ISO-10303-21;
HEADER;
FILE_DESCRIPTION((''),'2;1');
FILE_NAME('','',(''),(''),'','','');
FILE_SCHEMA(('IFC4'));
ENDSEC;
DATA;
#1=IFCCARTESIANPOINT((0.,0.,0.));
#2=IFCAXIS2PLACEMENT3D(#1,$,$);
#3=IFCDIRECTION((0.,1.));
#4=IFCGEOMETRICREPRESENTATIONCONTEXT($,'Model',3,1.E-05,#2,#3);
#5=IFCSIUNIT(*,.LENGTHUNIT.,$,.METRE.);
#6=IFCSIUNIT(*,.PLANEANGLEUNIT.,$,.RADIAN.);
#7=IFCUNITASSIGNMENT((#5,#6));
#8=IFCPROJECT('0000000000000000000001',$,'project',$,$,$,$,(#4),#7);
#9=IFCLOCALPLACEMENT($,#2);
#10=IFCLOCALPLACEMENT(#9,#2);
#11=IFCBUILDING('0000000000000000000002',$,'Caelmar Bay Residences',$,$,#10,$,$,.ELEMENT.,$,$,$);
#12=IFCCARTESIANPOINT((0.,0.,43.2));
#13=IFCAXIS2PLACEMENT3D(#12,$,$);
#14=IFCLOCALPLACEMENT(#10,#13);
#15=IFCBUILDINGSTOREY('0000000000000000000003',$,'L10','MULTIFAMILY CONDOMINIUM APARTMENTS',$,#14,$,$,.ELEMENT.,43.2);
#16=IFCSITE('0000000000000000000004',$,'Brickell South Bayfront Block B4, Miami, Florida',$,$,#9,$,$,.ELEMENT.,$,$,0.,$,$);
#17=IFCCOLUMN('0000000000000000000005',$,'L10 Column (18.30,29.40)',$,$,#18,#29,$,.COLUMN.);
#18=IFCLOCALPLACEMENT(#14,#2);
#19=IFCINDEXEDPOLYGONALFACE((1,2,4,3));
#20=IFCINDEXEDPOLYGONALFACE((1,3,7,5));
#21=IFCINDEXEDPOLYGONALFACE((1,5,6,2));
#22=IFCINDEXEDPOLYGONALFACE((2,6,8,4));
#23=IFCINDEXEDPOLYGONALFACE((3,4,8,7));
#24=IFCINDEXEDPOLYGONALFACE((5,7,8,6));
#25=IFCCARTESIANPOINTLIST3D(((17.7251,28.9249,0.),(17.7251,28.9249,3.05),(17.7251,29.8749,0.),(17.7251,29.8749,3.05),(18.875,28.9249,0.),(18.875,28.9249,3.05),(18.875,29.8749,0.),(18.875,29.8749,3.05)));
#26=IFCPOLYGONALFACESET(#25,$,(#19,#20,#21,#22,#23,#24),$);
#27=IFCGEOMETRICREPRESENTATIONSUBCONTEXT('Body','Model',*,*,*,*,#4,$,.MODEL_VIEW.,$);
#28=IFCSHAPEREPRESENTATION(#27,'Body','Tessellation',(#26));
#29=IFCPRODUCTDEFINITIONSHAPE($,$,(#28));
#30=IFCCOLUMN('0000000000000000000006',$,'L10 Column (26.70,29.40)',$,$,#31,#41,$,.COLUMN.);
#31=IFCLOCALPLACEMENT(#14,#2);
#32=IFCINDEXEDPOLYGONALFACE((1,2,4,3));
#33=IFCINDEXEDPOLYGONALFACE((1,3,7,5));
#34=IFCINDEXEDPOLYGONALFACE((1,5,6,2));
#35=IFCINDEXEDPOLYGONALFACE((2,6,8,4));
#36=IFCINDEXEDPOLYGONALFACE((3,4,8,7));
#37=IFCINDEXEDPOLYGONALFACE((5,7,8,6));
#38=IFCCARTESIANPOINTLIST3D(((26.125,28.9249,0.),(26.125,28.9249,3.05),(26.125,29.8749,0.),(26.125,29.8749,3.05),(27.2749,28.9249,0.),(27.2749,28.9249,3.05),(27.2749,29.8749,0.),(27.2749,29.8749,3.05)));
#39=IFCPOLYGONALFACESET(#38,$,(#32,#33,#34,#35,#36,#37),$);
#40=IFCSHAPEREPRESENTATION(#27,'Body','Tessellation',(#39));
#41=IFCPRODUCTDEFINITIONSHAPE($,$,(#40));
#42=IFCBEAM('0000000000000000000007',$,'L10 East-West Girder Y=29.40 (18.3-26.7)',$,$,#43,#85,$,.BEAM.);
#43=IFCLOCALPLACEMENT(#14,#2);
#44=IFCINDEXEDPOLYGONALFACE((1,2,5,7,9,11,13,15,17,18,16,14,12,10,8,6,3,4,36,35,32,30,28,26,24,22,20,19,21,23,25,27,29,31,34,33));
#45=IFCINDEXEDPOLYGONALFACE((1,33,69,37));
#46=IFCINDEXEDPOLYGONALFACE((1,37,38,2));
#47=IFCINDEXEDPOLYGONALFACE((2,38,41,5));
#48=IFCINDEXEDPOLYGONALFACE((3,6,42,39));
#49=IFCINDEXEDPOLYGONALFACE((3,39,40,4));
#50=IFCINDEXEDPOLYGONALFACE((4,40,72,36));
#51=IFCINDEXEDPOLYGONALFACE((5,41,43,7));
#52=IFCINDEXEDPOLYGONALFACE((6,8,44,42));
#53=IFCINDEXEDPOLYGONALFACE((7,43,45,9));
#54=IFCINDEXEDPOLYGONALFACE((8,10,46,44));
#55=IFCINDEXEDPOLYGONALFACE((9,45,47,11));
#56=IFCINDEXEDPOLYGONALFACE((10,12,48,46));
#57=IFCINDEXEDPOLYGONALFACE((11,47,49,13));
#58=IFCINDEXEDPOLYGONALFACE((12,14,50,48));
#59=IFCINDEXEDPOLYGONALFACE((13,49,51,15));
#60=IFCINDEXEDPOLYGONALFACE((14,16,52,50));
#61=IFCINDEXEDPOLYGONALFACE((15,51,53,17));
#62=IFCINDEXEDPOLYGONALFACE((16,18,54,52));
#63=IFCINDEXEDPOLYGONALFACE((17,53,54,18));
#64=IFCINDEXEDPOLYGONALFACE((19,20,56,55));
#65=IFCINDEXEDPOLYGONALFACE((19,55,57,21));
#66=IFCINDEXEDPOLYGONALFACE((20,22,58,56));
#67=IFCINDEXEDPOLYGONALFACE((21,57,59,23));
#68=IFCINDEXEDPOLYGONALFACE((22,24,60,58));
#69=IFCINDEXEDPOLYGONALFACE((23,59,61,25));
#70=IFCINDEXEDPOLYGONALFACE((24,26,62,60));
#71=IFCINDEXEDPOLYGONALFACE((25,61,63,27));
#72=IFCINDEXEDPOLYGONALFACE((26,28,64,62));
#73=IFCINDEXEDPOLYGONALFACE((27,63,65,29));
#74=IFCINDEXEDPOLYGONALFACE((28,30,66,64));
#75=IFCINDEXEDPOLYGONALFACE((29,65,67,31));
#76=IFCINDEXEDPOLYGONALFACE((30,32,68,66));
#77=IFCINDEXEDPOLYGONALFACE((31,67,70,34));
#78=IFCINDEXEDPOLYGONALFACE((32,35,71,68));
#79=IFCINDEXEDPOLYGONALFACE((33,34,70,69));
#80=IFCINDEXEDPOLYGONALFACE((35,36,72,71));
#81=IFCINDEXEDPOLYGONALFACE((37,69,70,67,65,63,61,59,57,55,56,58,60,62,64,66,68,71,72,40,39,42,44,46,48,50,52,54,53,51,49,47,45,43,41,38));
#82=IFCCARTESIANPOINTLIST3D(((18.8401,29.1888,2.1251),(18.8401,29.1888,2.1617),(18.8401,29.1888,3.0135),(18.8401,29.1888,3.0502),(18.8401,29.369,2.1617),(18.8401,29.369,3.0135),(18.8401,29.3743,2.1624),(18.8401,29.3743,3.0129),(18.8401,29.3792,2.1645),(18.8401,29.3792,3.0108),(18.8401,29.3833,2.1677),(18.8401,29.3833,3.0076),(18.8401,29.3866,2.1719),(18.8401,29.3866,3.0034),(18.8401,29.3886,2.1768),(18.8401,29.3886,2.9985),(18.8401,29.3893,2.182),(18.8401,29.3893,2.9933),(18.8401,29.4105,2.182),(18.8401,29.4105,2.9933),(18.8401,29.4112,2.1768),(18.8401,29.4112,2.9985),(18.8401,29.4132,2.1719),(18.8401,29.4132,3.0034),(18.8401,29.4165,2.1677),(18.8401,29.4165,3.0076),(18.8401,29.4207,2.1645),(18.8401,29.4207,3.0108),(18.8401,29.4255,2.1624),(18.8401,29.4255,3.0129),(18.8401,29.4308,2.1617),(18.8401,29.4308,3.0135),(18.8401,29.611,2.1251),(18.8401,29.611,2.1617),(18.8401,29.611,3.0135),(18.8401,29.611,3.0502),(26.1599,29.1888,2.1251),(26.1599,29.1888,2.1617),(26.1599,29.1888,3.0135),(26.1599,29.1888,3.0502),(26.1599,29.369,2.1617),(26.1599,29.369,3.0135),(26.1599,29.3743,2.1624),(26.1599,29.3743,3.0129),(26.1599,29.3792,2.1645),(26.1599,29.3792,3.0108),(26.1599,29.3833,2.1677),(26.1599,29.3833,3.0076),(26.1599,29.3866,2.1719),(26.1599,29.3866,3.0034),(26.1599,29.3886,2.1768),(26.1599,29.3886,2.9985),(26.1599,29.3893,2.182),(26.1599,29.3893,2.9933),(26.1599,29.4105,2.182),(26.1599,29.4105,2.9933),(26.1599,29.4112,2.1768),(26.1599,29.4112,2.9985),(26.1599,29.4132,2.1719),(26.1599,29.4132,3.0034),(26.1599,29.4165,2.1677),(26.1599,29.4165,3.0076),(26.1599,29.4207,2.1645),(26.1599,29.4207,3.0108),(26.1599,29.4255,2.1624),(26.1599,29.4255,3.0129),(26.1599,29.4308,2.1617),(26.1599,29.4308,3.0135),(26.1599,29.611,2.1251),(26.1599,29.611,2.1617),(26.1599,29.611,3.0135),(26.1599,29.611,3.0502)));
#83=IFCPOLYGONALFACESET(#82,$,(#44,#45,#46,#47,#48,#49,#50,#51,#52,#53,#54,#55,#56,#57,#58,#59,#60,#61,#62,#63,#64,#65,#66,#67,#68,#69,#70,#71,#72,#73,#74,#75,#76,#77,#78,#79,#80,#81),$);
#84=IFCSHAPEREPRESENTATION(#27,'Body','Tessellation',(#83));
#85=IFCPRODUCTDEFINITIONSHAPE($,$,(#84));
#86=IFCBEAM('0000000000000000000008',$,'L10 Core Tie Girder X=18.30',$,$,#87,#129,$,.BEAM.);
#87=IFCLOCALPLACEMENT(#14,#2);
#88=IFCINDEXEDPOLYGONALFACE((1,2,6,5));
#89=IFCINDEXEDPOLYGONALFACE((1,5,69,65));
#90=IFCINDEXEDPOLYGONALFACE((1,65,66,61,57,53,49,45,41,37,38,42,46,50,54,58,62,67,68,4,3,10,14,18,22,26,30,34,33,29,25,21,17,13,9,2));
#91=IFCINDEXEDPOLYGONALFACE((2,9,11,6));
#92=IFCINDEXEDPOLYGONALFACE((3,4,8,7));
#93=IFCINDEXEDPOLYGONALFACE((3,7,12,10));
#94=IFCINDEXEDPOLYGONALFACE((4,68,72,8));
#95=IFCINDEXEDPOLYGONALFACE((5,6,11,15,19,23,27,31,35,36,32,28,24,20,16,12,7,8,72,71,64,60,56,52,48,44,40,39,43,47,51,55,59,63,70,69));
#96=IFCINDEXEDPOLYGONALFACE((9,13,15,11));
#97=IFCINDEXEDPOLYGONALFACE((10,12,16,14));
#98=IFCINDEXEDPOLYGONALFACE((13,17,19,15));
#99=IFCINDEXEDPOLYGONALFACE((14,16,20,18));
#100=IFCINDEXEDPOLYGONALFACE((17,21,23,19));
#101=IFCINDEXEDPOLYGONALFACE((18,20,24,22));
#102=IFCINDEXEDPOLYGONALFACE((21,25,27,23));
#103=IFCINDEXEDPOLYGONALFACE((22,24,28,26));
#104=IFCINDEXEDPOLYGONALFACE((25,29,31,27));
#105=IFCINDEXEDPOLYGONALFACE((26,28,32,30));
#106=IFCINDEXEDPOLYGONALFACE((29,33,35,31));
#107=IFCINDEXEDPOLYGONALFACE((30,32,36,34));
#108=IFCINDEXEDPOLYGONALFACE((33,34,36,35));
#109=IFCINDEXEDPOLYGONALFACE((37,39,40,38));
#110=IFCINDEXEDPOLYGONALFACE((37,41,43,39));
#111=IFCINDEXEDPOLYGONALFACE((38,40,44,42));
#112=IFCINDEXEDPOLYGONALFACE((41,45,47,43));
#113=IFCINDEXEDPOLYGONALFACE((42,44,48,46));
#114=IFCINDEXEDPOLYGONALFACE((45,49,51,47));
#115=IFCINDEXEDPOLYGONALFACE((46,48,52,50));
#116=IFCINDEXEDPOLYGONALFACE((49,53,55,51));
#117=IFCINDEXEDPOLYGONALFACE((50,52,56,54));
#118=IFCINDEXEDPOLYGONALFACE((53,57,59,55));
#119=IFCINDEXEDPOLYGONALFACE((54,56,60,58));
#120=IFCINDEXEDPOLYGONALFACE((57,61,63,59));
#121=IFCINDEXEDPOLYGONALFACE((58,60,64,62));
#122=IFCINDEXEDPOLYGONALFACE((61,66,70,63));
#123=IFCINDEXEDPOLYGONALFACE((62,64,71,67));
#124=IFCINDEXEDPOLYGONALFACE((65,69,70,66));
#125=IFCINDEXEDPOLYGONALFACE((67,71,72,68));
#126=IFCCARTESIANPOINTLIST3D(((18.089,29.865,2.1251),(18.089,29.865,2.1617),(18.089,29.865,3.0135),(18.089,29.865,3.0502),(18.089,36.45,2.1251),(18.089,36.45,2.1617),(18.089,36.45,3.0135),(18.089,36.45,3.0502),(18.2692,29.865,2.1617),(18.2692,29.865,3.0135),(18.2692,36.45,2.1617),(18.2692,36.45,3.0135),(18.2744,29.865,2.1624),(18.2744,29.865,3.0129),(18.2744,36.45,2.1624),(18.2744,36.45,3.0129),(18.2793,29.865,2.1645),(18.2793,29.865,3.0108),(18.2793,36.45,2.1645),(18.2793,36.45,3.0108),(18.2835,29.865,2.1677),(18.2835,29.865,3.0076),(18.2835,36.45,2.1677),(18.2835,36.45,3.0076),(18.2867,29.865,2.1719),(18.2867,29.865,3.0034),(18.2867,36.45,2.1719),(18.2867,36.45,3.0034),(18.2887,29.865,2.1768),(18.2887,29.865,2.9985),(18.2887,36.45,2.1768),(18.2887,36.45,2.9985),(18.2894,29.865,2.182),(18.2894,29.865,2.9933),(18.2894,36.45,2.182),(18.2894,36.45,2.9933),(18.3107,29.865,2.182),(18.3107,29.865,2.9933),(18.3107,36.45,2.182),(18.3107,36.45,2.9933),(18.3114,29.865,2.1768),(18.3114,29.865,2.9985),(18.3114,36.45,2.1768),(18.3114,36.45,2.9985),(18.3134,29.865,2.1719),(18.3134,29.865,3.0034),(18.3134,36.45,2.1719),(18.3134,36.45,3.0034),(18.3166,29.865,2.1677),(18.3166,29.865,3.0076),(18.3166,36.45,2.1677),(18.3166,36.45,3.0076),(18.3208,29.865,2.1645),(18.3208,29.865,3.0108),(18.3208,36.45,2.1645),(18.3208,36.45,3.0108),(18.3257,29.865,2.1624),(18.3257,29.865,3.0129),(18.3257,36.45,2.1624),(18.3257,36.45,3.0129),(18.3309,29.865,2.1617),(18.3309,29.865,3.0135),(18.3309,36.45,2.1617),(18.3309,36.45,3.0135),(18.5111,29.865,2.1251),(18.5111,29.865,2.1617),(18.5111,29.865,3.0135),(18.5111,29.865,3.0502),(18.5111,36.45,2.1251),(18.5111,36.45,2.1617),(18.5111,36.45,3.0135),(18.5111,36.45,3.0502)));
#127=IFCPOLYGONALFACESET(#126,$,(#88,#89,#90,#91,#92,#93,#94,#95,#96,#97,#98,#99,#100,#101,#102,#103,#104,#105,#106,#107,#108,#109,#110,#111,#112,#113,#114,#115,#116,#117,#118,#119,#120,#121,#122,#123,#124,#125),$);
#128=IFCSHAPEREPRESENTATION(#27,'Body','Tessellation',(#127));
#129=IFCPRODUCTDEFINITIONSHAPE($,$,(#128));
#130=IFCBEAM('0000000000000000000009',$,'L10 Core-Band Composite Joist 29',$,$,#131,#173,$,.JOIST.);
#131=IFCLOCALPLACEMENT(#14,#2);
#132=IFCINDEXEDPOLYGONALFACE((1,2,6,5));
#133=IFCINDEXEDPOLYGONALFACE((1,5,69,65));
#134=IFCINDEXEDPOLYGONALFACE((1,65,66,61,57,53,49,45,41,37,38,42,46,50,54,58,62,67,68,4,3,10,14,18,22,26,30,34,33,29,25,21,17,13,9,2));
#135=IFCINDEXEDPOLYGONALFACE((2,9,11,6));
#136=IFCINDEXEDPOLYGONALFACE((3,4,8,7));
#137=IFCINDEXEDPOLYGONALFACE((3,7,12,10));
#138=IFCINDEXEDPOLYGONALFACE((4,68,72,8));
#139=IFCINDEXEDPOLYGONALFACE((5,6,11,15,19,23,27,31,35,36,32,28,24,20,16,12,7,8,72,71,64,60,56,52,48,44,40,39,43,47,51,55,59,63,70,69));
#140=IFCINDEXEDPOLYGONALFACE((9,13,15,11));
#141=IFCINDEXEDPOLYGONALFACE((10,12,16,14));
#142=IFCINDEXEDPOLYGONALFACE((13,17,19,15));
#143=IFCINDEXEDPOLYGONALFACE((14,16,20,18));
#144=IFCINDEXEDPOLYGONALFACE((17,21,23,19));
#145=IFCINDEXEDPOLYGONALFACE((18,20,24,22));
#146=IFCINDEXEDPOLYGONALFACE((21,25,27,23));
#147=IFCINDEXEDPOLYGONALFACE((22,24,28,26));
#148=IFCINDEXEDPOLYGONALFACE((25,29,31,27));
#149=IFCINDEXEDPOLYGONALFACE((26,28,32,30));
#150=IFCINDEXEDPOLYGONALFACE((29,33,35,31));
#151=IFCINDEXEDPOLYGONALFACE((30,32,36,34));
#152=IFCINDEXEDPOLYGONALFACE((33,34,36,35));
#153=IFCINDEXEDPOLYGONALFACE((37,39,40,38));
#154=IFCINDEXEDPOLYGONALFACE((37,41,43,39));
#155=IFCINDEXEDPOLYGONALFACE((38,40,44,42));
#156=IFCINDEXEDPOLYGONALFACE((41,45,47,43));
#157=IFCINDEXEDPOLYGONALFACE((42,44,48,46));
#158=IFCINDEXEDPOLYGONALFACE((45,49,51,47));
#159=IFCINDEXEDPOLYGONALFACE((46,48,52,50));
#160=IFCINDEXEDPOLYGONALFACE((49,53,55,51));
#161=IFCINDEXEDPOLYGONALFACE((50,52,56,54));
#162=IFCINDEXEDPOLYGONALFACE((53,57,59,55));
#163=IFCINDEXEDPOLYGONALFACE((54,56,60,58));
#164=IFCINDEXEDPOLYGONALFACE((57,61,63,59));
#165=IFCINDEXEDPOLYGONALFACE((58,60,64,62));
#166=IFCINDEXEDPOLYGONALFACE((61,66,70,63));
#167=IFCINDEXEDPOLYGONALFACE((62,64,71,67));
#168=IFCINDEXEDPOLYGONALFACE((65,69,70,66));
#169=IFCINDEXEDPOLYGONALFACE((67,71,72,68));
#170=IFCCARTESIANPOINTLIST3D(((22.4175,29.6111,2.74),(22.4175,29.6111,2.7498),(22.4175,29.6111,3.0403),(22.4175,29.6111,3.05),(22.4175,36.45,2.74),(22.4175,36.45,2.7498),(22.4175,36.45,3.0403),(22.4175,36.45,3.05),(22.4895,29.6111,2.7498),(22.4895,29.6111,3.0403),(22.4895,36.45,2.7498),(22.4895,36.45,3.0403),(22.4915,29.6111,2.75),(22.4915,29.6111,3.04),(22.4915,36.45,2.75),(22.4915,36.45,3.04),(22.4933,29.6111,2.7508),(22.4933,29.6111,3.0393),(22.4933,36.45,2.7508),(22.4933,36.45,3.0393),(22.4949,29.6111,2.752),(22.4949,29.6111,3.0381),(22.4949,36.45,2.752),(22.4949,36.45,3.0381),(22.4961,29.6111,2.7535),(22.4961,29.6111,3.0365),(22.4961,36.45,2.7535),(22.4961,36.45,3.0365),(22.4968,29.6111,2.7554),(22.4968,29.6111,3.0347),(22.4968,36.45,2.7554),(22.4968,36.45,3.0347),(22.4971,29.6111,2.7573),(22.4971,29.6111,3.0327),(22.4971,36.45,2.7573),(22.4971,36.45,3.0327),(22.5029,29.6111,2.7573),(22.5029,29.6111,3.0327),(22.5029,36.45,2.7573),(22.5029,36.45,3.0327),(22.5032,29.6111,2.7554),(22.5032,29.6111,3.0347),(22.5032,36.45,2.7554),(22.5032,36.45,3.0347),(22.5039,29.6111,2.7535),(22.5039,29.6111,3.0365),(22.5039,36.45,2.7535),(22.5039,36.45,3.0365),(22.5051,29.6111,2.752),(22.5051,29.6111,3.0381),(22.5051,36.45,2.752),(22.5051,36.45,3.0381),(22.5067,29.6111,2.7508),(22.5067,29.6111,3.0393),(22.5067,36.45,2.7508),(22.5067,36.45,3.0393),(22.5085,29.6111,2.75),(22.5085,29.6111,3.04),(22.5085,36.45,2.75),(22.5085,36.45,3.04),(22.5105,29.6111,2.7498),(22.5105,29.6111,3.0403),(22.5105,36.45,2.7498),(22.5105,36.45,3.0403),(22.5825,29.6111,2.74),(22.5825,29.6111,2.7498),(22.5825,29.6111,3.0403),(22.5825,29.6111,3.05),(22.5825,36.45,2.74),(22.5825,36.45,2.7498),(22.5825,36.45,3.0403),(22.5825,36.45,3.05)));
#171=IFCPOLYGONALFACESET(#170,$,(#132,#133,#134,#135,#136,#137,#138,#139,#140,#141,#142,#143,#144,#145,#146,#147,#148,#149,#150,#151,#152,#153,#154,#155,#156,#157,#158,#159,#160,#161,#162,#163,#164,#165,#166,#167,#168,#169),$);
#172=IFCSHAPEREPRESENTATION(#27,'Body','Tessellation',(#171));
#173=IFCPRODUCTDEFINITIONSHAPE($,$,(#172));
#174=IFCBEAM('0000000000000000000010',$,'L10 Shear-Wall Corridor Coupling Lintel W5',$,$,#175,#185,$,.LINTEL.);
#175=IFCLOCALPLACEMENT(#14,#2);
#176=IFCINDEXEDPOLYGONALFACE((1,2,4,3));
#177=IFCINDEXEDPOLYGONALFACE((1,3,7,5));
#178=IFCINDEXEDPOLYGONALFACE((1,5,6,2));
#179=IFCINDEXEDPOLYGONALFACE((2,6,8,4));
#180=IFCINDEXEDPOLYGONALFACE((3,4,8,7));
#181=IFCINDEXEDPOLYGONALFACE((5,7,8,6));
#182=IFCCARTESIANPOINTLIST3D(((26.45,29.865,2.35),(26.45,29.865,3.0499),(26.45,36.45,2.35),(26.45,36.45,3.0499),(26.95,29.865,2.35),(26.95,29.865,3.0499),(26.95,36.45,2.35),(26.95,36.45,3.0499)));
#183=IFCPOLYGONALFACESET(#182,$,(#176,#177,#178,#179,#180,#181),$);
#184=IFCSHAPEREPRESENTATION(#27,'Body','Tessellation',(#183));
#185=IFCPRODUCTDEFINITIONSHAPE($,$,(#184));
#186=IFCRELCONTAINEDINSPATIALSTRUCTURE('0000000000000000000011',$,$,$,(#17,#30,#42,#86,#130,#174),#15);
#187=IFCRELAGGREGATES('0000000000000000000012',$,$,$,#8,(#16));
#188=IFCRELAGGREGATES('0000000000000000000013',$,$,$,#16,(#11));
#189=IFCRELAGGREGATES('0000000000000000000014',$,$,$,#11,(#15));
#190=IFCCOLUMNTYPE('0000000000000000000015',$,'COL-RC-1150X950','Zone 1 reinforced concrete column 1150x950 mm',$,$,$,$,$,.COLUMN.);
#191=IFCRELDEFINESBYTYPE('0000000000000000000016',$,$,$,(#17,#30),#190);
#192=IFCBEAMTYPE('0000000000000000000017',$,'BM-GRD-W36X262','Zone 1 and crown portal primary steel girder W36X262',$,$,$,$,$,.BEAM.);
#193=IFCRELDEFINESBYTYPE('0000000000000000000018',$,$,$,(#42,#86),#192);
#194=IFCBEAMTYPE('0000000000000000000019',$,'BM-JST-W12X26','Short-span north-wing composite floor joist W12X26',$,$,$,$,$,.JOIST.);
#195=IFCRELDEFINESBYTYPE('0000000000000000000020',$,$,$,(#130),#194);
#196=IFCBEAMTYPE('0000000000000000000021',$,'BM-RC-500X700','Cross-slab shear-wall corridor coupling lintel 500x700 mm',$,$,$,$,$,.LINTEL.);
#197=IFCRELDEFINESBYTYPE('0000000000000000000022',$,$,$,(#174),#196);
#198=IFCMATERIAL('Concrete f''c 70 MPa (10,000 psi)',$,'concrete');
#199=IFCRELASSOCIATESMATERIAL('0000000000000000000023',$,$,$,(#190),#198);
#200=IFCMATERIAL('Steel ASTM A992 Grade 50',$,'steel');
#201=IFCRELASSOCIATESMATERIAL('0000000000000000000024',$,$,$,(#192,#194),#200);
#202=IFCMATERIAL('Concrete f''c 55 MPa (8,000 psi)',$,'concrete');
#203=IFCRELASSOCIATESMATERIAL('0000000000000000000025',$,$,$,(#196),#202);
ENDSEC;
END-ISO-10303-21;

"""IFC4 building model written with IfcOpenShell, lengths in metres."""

from ifc_helpers import new_model, si_unit, direction, frame, origin, origin_2d, place, context, subcontext, project, spatial, rectangle, i_section, extrude, material, material_profile, profile_set, type_object, element, save


model = new_model("IFC4")

# Units and contexts
model_context = context("Model", 3, precision=1e-05, world=origin(), true_north=direction((0.0, 1.0)))
body_context = subcontext(model_context, "Body", "Model", "MODEL_VIEW")
ifc_project = project(units=[si_unit("LENGTHUNIT", "METRE"), si_unit("PLANEANGLEUNIT", "RADIAN")], contexts=[model_context])

# Site, building, storey
site_placement = place(None, origin())
site = spatial("IfcSite", under=ifc_project, at=site_placement, Name="Brickell South Bayfront Block B4, Miami, Florida", CompositionType="ELEMENT", RefElevation=0.0)
building_placement = place(site_placement, origin())
building = spatial("IfcBuilding", under=site, at=building_placement, Name="Caelmar Bay Residences", CompositionType="ELEMENT")
storey_placement = place(building_placement, frame((0.0, 0.0, 43.2)))
storey = spatial("IfcBuildingStorey", under=building, at=storey_placement, Name="L10", Description="MULTIFAMILY CONDOMINIUM APARTMENTS", CompositionType="ELEMENT", Elevation=43.2)

# Columns
ifc_material_1 = material(Name="Concrete f'c 70 MPa (10,000 psi)", Category="concrete")
ifc_material_profile_1 = material_profile(ifc_material_1, rectangle(XDim=1.1499, YDim=0.95, at=origin_2d()), Name="RC-COL-1150X950")
ifc_profile_set_1 = profile_set([ifc_material_profile_1], Name="Concrete f'c 70 MPa (10,000 psi)")
column_type = type_object("IfcColumnType", Name="COL-RC-1150X950", Description="Zone 1 reinforced concrete column 1150x950 mm", PredefinedType="COLUMN", material=ifc_profile_set_1)
for number, where, z_axis, x_axis, name in (
    (1, (18.3, 29.3999, 0.0), (0.0, 0.0, 1.0), (1.0, 0.0, 0.0), "L10 Column (18.30,29.40)"),
    (2, (26.7, 29.3999, 0.0), (0.0, 0.0, 1.0), (1.0, 0.0, 0.0), "L10 Column (26.70,29.40)"),
):
    element("IfcColumn", number, at=place(storey_placement, frame(where, z_axis=z_axis, x_axis=x_axis)), inside=storey, type_object=column_type, Name=name, PredefinedType="COLUMN", context=body_context, shape_type="SweptSolid", body=[
        extrude(rectangle(XDim=1.1499, YDim=0.95, at=origin_2d()), origin(), (0.0, 0.0, 1.0), 3.05),
    ])

# Beams
ifc_material_2 = material(Name="Steel ASTM A992 Grade 50", Category="steel")
ifc_material_profile_2 = material_profile(ifc_material_2, i_section(OverallWidth=0.4221, OverallDepth=0.925, WebThickness=0.0212, FlangeThickness=0.0366, FilletRadius=0.0203, at=origin_2d()), Name="W36X262")
ifc_profile_set_2 = profile_set([ifc_material_profile_2], Name="Steel ASTM A992 Grade 50")
beam_type_1 = type_object("IfcBeamType", Name="BM-GRD-W36X262", Description="Zone 1 and crown portal primary steel girder W36X262", PredefinedType="BEAM", material=ifc_profile_set_2)
beam_1_placement = place(storey_placement, frame((18.8401, 29.3999, 2.5876), z_axis=(1.0, 0.0, 0.0), x_axis=(0.0, 1.0, 0.0)))
element("IfcBeam", 3, at=beam_1_placement, inside=storey, type_object=beam_type_1, Name="L10 East-West Girder Y=29.40 (18.3-26.7)", PredefinedType="BEAM", context=body_context, shape_type="SweptSolid", body=[
    extrude(i_section(OverallWidth=0.4221, OverallDepth=0.925, WebThickness=0.0212, FlangeThickness=0.0366, FilletRadius=0.0203, at=origin_2d()), origin(), (0.0, 0.0, 1.0), 7.3198),
])
beam_2_placement = place(storey_placement, frame((18.3, 29.865, 2.5876), z_axis=(0.0, 1.0, 0.0), x_axis=(-1.0, 0.0, 0.0)))
element("IfcBeam", 4, at=beam_2_placement, inside=storey, type_object=beam_type_1, Name="L10 Core Tie Girder X=18.30", PredefinedType="BEAM", context=body_context, shape_type="SweptSolid", body=[
    extrude(i_section(OverallWidth=0.4221, OverallDepth=0.925, WebThickness=0.0212, FlangeThickness=0.0366, FilletRadius=0.0203, at=origin_2d()), origin(), (0.0, 0.0, 1.0), 6.585),
])
ifc_material_profile_3 = material_profile(ifc_material_2, i_section(OverallWidth=0.165, OverallDepth=0.3101, WebThickness=0.0059, FlangeThickness=0.0098, FilletRadius=0.0076, at=origin_2d()), Name="W12X26")
ifc_profile_set_3 = profile_set([ifc_material_profile_3], Name="Steel ASTM A992 Grade 50")
beam_type_2 = type_object("IfcBeamType", Name="BM-JST-W12X26", Description="Short-span north-wing composite floor joist W12X26", PredefinedType="JOIST", material=ifc_profile_set_3)
beam_3_placement = place(storey_placement, frame((22.5, 29.6111, 2.895), z_axis=(0.0, 1.0, 0.0), x_axis=(-1.0, 0.0, 0.0)))
element("IfcBeam", 5, at=beam_3_placement, inside=storey, type_object=beam_type_2, Name="L10 Core-Band Composite Joist 29", PredefinedType="JOIST", context=body_context, shape_type="SweptSolid", body=[
    extrude(i_section(OverallWidth=0.165, OverallDepth=0.3101, WebThickness=0.0059, FlangeThickness=0.0098, FilletRadius=0.0076, at=origin_2d()), origin(), (0.0, 0.0, 1.0), 6.8389),
])
ifc_material_3 = material(Name="Concrete f'c 55 MPa (8,000 psi)", Category="concrete")
ifc_material_profile_4 = material_profile(ifc_material_3, rectangle(XDim=0.5, YDim=0.7, at=origin_2d()), Name="RC-BM-500X700")
ifc_profile_set_4 = profile_set([ifc_material_profile_4], Name="Concrete f'c 55 MPa (8,000 psi)")
beam_type_3 = type_object("IfcBeamType", Name="BM-RC-500X700", Description="Cross-slab shear-wall corridor coupling lintel 500x700 mm", PredefinedType="LINTEL", material=ifc_profile_set_4)
beam_4_placement = place(storey_placement, frame((26.7, 29.865, 2.7), z_axis=(0.0, 1.0, 0.0), x_axis=(-1.0, 0.0, 0.0)))
element("IfcBeam", 6, at=beam_4_placement, inside=storey, type_object=beam_type_3, Name="L10 Shear-Wall Corridor Coupling Lintel W5", PredefinedType="LINTEL", context=body_context, shape_type="SweptSolid", body=[
    extrude(rectangle(XDim=0.5, YDim=0.7, at=origin_2d()), origin(), (0.0, 0.0, 1.0), 6.585),
])

save(model, "model.ifc")
